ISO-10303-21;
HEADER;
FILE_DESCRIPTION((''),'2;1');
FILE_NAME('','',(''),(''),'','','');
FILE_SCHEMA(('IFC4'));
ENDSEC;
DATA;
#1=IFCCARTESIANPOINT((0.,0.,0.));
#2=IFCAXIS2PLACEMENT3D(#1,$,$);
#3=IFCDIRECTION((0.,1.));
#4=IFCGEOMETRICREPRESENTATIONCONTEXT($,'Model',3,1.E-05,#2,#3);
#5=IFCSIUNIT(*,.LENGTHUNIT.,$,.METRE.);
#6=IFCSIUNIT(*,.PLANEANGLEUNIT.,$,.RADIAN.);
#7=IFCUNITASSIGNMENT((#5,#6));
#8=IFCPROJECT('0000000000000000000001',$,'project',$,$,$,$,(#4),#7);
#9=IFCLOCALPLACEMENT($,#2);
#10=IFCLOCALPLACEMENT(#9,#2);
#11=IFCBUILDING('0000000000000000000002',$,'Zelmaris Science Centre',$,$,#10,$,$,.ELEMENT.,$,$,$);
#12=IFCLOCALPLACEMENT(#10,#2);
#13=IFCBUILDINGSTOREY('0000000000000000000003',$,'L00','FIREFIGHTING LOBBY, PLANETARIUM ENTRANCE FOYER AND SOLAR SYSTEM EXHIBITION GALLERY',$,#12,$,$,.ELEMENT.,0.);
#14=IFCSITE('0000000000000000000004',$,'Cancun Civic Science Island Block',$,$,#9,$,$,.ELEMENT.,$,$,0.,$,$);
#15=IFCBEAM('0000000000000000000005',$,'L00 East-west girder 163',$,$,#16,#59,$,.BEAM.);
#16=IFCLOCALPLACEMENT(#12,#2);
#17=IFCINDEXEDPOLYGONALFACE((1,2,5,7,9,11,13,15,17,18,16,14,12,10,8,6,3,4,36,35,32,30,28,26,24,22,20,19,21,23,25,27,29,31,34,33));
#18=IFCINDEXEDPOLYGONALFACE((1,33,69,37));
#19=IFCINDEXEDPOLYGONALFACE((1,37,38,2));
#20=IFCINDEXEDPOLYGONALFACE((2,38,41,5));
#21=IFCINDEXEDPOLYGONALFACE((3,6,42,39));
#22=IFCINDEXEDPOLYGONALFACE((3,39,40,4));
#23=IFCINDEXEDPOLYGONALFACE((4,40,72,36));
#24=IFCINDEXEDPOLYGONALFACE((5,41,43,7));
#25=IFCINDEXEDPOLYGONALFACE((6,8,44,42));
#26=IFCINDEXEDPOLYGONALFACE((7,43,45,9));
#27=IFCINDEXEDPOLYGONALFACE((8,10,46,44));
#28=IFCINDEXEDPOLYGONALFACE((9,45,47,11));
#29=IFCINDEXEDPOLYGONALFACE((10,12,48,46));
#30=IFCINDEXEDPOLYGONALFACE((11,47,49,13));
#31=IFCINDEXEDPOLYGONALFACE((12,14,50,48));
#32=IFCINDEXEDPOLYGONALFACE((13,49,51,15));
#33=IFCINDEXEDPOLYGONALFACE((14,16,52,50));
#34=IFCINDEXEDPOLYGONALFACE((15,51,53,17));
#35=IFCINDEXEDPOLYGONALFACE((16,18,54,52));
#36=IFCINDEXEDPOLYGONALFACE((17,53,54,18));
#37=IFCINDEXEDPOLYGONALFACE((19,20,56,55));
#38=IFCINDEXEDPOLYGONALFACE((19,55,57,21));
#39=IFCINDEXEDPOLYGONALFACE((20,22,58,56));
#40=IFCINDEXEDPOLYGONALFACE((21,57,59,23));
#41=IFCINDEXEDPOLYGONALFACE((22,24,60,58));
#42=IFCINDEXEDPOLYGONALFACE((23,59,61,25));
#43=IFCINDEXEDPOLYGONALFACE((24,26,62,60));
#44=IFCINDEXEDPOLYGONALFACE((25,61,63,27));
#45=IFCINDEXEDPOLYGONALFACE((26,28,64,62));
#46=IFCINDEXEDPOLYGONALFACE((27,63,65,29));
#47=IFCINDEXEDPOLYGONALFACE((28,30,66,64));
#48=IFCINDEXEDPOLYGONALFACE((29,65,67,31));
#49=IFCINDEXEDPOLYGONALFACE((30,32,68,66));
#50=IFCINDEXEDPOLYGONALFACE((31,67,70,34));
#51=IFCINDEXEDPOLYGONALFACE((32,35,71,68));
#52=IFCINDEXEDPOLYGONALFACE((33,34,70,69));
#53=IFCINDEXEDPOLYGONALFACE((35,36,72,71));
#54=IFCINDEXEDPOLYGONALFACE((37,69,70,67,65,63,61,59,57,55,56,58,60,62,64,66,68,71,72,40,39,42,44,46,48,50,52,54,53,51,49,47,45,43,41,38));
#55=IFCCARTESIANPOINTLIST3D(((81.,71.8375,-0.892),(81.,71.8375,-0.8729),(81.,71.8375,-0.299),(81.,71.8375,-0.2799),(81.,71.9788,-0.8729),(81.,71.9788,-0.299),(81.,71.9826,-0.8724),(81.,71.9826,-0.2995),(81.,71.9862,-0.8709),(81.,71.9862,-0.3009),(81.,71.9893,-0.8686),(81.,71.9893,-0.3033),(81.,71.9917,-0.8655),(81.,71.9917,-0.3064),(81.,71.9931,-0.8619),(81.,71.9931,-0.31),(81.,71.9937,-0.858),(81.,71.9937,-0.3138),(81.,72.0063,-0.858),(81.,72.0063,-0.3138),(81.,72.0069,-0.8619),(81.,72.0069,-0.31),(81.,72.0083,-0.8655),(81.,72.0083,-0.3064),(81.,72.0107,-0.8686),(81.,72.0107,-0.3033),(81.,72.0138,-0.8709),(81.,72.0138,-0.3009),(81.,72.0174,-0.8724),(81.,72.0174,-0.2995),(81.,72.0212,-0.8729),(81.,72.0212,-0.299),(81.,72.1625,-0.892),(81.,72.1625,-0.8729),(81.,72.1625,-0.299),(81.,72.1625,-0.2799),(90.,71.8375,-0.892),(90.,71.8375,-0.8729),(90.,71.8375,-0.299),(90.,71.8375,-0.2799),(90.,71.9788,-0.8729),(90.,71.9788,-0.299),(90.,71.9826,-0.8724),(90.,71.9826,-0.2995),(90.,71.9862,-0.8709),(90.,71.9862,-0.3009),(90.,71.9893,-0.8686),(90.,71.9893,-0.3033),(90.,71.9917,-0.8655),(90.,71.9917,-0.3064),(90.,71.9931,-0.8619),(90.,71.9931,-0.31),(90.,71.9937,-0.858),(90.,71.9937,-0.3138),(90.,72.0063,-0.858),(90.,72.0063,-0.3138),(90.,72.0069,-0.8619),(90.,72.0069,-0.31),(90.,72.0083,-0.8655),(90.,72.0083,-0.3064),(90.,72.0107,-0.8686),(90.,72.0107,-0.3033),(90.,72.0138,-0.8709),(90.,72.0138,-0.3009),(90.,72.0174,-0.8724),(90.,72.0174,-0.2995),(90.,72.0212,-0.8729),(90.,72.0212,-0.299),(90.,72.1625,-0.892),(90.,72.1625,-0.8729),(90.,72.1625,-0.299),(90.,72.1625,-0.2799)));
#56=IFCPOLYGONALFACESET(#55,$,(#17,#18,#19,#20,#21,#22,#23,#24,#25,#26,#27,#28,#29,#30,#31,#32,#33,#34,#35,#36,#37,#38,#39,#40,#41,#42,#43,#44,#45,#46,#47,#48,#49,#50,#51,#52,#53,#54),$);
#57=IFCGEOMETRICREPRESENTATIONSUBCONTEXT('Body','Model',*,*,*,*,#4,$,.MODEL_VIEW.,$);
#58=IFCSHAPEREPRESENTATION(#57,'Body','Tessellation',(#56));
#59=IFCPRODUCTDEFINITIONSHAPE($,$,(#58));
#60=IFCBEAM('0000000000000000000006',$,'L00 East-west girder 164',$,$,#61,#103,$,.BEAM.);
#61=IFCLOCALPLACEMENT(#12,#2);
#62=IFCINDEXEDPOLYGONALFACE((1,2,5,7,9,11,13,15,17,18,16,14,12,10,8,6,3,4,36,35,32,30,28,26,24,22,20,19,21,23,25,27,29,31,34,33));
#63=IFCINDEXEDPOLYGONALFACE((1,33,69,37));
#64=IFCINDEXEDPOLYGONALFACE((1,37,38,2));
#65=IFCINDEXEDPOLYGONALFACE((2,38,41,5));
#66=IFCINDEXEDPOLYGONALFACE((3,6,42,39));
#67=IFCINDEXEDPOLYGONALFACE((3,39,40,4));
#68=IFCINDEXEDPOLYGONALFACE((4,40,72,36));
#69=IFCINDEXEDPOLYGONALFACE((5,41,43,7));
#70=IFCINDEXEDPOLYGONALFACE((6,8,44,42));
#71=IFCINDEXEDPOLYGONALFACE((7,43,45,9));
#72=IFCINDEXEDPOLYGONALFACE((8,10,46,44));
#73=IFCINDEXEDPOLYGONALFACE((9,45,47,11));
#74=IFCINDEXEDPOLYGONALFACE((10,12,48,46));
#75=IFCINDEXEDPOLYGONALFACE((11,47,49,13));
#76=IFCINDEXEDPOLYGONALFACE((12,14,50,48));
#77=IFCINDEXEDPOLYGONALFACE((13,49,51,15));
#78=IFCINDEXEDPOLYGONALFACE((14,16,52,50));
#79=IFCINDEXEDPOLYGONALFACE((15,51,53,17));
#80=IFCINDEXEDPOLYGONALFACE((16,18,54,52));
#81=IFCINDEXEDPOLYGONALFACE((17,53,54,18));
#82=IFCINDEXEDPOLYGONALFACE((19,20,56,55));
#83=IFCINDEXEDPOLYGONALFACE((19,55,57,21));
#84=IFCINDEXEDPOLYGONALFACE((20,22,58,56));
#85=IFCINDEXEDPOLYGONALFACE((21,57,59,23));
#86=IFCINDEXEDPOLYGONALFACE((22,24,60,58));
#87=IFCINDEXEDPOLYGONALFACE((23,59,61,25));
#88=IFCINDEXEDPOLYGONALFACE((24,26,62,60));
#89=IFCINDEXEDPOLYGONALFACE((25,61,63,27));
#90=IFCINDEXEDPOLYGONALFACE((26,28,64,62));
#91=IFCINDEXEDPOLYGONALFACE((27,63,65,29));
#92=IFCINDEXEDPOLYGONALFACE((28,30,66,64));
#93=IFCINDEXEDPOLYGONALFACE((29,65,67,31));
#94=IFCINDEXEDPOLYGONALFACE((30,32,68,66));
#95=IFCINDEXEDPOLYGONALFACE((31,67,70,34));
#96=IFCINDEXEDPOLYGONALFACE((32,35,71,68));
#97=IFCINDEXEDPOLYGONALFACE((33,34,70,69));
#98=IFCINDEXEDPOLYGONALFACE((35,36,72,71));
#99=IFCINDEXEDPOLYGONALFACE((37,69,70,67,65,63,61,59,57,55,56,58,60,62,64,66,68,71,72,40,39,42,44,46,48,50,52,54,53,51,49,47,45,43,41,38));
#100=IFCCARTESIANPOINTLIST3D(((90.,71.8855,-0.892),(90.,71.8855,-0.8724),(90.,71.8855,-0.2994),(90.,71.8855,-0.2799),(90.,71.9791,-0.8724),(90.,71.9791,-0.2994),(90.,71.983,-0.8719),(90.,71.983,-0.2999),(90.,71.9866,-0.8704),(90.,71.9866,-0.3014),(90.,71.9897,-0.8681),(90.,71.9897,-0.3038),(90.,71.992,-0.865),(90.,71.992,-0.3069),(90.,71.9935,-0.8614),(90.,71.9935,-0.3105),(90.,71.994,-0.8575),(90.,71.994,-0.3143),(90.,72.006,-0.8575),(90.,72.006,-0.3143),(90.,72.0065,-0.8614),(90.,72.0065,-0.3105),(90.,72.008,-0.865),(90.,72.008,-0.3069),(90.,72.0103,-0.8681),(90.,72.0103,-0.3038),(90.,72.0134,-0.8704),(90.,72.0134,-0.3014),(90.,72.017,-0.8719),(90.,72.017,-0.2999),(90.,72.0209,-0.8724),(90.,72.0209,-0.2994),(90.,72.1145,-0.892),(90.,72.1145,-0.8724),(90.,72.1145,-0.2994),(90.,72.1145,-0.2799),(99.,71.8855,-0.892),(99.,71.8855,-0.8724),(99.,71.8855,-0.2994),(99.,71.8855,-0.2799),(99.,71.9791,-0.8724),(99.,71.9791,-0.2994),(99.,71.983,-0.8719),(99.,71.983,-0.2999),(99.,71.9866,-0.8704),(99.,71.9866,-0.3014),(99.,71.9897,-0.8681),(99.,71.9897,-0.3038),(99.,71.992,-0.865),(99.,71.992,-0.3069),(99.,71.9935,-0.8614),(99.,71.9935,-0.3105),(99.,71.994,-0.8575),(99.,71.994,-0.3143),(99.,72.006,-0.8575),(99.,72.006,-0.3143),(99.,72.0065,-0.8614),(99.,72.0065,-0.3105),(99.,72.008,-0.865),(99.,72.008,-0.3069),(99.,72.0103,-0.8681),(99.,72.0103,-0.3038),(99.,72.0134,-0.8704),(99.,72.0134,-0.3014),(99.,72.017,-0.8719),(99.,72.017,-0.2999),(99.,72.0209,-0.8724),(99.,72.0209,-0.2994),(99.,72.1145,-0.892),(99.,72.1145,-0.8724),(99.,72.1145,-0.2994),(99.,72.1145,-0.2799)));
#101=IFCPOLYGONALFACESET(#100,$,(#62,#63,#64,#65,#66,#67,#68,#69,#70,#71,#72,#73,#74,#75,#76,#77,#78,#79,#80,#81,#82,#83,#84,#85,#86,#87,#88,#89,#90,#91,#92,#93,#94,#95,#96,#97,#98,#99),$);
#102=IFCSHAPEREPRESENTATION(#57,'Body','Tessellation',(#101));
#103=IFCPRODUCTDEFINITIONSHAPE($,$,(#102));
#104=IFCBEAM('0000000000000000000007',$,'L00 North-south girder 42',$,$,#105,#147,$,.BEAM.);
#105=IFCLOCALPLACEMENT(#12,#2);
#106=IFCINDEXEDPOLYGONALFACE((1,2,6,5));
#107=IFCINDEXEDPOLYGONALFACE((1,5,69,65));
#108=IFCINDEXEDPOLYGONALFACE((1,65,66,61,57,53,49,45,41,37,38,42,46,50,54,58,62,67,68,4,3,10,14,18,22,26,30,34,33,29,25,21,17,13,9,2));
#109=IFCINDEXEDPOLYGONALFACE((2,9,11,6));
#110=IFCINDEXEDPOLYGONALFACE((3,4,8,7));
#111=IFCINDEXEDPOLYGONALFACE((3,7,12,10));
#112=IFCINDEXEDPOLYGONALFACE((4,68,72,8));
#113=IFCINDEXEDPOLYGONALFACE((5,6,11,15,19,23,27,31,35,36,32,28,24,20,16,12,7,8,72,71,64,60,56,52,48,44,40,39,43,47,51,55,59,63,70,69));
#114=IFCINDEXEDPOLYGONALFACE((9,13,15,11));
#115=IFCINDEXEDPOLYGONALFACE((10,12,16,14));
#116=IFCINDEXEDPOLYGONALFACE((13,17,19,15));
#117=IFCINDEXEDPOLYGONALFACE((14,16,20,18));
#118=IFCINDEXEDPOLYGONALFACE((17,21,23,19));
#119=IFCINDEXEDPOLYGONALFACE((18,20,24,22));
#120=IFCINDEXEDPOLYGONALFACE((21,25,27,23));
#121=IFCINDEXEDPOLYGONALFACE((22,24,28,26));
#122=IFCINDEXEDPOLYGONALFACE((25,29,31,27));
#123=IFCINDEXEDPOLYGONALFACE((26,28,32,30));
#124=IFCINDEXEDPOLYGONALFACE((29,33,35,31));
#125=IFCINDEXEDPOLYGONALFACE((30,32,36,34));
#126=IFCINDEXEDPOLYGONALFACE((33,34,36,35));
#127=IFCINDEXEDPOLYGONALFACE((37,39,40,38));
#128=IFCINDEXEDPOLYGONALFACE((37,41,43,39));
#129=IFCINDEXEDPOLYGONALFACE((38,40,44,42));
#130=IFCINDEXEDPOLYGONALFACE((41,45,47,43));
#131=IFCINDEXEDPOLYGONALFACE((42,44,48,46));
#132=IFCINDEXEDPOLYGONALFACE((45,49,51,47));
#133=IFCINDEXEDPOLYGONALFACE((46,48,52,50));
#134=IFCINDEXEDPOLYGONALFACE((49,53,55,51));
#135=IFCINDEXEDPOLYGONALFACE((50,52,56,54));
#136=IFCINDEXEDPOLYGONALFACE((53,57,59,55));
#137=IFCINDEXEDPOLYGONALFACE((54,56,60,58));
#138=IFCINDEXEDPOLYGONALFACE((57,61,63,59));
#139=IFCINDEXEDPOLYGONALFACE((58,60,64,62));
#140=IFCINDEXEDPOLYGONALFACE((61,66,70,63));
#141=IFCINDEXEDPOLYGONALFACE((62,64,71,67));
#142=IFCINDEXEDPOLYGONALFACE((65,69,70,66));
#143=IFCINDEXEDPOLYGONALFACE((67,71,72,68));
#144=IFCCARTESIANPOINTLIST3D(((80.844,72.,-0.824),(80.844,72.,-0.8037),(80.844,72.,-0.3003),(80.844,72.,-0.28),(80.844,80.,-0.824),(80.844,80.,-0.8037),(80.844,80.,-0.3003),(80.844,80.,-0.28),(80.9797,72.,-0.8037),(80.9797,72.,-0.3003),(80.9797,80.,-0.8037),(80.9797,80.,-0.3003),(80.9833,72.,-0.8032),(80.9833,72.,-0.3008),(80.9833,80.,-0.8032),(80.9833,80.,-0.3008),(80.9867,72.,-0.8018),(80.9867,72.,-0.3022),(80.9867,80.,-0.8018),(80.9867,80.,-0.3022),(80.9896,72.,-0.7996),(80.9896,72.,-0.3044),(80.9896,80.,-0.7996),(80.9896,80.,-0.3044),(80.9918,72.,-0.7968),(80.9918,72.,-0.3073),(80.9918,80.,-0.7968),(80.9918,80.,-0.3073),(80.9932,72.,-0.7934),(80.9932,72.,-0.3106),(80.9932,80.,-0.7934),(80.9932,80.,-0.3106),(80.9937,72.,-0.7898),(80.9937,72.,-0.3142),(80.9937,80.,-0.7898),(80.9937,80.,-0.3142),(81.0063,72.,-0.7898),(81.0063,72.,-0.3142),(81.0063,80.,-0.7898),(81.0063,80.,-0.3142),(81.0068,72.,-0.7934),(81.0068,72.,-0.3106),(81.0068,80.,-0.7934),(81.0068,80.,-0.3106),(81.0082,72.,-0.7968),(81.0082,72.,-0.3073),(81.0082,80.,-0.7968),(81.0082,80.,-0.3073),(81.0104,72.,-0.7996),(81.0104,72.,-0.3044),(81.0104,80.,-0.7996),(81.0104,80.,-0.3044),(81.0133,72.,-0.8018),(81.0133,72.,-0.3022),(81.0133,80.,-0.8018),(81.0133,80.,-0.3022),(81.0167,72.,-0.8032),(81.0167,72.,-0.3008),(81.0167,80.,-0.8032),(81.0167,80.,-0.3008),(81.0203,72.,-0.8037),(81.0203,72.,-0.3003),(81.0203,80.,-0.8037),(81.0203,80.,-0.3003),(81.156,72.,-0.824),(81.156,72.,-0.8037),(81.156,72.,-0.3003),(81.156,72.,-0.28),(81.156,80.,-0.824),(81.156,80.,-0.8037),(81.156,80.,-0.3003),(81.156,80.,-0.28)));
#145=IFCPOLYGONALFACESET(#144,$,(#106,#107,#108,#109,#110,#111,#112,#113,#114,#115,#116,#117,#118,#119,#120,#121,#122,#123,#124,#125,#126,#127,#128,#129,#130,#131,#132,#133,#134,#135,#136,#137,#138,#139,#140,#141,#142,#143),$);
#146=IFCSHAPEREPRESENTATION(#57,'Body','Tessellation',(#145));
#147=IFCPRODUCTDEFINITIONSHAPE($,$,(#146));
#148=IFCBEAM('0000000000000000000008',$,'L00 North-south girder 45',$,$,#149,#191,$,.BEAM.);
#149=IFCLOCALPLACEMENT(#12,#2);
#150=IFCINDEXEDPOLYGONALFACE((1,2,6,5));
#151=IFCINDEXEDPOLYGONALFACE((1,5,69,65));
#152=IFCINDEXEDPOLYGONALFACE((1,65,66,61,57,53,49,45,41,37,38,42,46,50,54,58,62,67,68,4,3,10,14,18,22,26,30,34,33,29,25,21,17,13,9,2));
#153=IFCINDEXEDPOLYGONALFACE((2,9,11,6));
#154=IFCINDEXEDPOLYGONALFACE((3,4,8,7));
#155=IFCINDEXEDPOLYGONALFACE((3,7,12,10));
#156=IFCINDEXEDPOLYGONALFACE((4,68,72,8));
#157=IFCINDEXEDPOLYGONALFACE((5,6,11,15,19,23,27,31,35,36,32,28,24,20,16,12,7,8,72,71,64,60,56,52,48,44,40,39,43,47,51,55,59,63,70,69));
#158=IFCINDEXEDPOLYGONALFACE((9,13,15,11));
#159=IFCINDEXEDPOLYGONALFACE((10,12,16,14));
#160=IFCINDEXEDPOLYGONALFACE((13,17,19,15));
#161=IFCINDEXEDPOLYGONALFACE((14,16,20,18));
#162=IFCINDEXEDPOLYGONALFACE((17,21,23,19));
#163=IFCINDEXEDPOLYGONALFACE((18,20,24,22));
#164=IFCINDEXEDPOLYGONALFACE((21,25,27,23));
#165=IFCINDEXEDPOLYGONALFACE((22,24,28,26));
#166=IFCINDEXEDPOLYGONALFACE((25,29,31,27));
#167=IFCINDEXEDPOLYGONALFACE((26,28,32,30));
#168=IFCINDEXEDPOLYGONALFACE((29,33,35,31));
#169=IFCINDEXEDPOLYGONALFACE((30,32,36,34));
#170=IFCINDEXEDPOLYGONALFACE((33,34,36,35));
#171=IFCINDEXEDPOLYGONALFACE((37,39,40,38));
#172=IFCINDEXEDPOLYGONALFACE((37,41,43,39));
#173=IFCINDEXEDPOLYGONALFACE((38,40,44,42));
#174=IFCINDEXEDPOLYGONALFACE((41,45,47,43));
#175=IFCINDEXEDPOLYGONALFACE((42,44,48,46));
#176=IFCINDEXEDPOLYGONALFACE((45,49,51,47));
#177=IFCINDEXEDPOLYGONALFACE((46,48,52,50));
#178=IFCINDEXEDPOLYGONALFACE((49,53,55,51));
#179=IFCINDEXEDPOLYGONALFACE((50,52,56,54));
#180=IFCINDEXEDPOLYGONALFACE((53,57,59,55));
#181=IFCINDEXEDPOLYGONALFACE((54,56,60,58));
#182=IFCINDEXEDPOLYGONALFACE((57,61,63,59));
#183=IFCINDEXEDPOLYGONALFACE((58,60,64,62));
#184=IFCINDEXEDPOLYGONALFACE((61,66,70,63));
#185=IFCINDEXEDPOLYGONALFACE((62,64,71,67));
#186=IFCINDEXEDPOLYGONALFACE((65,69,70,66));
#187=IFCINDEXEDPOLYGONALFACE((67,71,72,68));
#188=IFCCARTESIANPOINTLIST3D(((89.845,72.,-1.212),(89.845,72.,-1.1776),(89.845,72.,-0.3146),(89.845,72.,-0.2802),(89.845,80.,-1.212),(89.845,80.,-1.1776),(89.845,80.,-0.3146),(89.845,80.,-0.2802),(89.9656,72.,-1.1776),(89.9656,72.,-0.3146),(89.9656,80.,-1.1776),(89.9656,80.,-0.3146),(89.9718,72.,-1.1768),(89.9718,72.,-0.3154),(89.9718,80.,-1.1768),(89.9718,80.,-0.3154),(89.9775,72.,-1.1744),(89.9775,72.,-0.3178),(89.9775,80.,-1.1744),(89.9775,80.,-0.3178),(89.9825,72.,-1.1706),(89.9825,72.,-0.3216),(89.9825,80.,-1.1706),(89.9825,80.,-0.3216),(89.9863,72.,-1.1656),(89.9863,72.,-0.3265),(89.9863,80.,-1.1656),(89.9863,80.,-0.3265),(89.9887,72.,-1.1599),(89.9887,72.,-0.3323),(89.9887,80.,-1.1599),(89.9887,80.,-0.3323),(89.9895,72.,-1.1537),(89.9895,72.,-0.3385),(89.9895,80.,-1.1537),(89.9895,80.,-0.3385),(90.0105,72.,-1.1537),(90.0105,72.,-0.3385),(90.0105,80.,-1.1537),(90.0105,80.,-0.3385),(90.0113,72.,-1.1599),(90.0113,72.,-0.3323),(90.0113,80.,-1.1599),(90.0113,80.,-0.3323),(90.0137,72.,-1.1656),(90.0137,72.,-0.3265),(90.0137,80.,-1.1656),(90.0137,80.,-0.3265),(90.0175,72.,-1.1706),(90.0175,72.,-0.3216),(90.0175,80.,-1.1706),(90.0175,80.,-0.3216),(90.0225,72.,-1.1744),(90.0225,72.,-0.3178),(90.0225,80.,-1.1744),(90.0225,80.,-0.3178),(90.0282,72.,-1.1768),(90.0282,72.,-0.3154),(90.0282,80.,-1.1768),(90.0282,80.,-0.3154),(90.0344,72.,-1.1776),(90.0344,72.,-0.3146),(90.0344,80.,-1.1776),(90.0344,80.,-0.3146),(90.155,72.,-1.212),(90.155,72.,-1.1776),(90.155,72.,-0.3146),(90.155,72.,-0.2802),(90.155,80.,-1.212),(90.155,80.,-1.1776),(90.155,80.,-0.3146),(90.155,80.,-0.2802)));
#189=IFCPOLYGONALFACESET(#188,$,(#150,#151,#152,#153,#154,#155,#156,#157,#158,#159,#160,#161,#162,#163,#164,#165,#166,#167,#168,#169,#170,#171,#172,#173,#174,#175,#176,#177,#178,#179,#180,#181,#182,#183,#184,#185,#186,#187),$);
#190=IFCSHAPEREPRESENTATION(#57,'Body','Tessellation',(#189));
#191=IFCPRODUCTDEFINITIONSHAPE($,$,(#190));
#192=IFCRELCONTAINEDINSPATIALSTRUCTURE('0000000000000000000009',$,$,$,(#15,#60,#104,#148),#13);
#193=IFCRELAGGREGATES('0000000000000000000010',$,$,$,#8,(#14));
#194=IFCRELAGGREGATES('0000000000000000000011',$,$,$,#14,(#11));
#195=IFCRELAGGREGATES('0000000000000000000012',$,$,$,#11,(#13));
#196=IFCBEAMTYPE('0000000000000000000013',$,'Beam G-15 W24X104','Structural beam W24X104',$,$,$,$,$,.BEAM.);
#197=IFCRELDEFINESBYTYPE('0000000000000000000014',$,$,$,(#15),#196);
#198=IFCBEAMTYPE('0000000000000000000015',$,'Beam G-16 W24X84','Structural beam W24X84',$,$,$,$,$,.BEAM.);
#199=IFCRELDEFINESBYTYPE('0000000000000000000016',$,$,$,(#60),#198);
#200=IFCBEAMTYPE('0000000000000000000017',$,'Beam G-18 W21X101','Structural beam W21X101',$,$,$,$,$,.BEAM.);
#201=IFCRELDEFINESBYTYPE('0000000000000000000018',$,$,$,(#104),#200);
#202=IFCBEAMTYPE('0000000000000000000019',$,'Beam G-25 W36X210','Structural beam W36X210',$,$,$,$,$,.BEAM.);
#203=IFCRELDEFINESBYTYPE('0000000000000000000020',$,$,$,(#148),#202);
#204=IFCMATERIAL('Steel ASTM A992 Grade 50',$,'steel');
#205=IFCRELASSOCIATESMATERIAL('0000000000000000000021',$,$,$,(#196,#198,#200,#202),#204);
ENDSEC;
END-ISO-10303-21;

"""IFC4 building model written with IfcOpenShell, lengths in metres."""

from ifc_helpers import new_model, si_unit, direction, frame, origin, origin_2d, place, context, subcontext, project, spatial, i_section, extrude, material, material_profile, profile_set, type_object, element, save


model = new_model("IFC4")

# Units and contexts
model_context = context("Model", 3, precision=1e-05, world=origin(), true_north=direction((0.0, 1.0)))
body_context = subcontext(model_context, "Body", "Model", "MODEL_VIEW")
ifc_project = project(units=[si_unit("LENGTHUNIT", "METRE"), si_unit("PLANEANGLEUNIT", "RADIAN")], contexts=[model_context])

# Site, building, storey
site_placement = place(None, origin())
site = spatial("IfcSite", under=ifc_project, at=site_placement, Name="Cancun Civic Science Island Block", CompositionType="ELEMENT", RefElevation=0.0)
building_placement = place(site_placement, origin())
building = spatial("IfcBuilding", under=site, at=building_placement, Name="Zelmaris Science Centre", CompositionType="ELEMENT")
storey_placement = place(building_placement, origin())
storey = spatial("IfcBuildingStorey", under=building, at=storey_placement, Name="L00", Description="FIREFIGHTING LOBBY, PLANETARIUM ENTRANCE FOYER AND SOLAR SYSTEM EXHIBITION GALLERY", CompositionType="ELEMENT", Elevation=0.0)

# Shared definitions
ifc_material_1 = material(Name="Steel ASTM A992 Grade 50", Category="steel")

# Beams
ifc_material_profile_1 = material_profile(ifc_material_1, i_section(OverallWidth=0.325, OverallDepth=0.6121, WebThickness=0.0127, FlangeThickness=0.019, FilletRadius=0.0149, at=origin_2d()), Name="W24X104")
ifc_profile_set_1 = profile_set([ifc_material_profile_1], Name="Steel ASTM A992 Grade 50")
beam_type_1 = type_object("IfcBeamType", Name="Beam G-15 W24X104", Description="Structural beam W24X104", PredefinedType="BEAM", material=ifc_profile_set_1)
beam_1_placement = place(storey_placement, frame((81.0, 72.0, -0.5859), z_axis=(1.0, 0.0, 0.0), x_axis=(0.0, 1.0, 0.0)))
element("IfcBeam", 1, at=beam_1_placement, inside=storey, type_object=beam_type_1, Name="L00 East-west girder 163", PredefinedType="BEAM", context=body_context, shape_type="SweptSolid", body=[
    extrude(i_section(OverallWidth=0.325, OverallDepth=0.6121, WebThickness=0.0127, FlangeThickness=0.019, FilletRadius=0.0149, at=origin_2d()), origin(), (0.0, 0.0, 1.0), 9.0),
])
ifc_material_profile_2 = material_profile(ifc_material_1, i_section(OverallWidth=0.229, OverallDepth=0.6121, WebThickness=0.012, FlangeThickness=0.0195, FilletRadius=0.0149, at=origin_2d()), Name="W24X84")
ifc_profile_set_2 = profile_set([ifc_material_profile_2], Name="Steel ASTM A992 Grade 50")
beam_type_2 = type_object("IfcBeamType", Name="Beam G-16 W24X84", Description="Structural beam W24X84", PredefinedType="BEAM", material=ifc_profile_set_2)
beam_2_placement = place(storey_placement, frame((90.0, 72.0, -0.5859), z_axis=(1.0, 0.0, 0.0), x_axis=(0.0, 1.0, 0.0)))
element("IfcBeam", 2, at=beam_2_placement, inside=storey, type_object=beam_type_2, Name="L00 East-west girder 164", PredefinedType="BEAM", context=body_context, shape_type="SweptSolid", body=[
    extrude(i_section(OverallWidth=0.229, OverallDepth=0.6121, WebThickness=0.012, FlangeThickness=0.0195, FilletRadius=0.0149, at=origin_2d()), origin(), (0.0, 0.0, 1.0), 9.0),
])
ifc_material_profile_3 = material_profile(ifc_material_1, i_section(OverallWidth=0.312, OverallDepth=0.5439, WebThickness=0.0127, FlangeThickness=0.0203, FilletRadius=0.0139, at=origin_2d()), Name="W21X101")
ifc_profile_set_3 = profile_set([ifc_material_profile_3], Name="Steel ASTM A992 Grade 50")
beam_type_3 = type_object("IfcBeamType", Name="Beam G-18 W21X101", Description="Structural beam W21X101", PredefinedType="BEAM", material=ifc_profile_set_3)
beam_3_placement = place(storey_placement, frame((81.0, 72.0, -0.552), z_axis=(0.0, 1.0, 0.0), x_axis=(-1.0, 0.0, 0.0)))
element("IfcBeam", 3, at=beam_3_placement, inside=storey, type_object=beam_type_3, Name="L00 North-south girder 42", PredefinedType="BEAM", context=body_context, shape_type="SweptSolid", body=[
    extrude(i_section(OverallWidth=0.312, OverallDepth=0.5439, WebThickness=0.0127, FlangeThickness=0.0203, FilletRadius=0.0139, at=origin_2d()), origin(), (0.0, 0.0, 1.0), 8.0),
])
ifc_material_profile_4 = material_profile(ifc_material_1, i_section(OverallWidth=0.3101, OverallDepth=0.9319, WebThickness=0.021, FlangeThickness=0.0344, FilletRadius=0.0239, at=origin_2d()), Name="W36X210")
ifc_profile_set_4 = profile_set([ifc_material_profile_4], Name="Steel ASTM A992 Grade 50")
beam_type_4 = type_object("IfcBeamType", Name="Beam G-25 W36X210", Description="Structural beam W36X210", PredefinedType="BEAM", material=ifc_profile_set_4)
beam_4_placement = place(storey_placement, frame((90.0, 72.0, -0.7461), z_axis=(0.0, 1.0, 0.0), x_axis=(-1.0, 0.0, 0.0)))
element("IfcBeam", 4, at=beam_4_placement, inside=storey, type_object=beam_type_4, Name="L00 North-south girder 45", PredefinedType="BEAM", context=body_context, shape_type="SweptSolid", body=[
    extrude(i_section(OverallWidth=0.3101, OverallDepth=0.9319, WebThickness=0.021, FlangeThickness=0.0344, FilletRadius=0.0239, at=origin_2d()), origin(), (0.0, 0.0, 1.0), 8.0),
])

save(model, "model.ifc")
